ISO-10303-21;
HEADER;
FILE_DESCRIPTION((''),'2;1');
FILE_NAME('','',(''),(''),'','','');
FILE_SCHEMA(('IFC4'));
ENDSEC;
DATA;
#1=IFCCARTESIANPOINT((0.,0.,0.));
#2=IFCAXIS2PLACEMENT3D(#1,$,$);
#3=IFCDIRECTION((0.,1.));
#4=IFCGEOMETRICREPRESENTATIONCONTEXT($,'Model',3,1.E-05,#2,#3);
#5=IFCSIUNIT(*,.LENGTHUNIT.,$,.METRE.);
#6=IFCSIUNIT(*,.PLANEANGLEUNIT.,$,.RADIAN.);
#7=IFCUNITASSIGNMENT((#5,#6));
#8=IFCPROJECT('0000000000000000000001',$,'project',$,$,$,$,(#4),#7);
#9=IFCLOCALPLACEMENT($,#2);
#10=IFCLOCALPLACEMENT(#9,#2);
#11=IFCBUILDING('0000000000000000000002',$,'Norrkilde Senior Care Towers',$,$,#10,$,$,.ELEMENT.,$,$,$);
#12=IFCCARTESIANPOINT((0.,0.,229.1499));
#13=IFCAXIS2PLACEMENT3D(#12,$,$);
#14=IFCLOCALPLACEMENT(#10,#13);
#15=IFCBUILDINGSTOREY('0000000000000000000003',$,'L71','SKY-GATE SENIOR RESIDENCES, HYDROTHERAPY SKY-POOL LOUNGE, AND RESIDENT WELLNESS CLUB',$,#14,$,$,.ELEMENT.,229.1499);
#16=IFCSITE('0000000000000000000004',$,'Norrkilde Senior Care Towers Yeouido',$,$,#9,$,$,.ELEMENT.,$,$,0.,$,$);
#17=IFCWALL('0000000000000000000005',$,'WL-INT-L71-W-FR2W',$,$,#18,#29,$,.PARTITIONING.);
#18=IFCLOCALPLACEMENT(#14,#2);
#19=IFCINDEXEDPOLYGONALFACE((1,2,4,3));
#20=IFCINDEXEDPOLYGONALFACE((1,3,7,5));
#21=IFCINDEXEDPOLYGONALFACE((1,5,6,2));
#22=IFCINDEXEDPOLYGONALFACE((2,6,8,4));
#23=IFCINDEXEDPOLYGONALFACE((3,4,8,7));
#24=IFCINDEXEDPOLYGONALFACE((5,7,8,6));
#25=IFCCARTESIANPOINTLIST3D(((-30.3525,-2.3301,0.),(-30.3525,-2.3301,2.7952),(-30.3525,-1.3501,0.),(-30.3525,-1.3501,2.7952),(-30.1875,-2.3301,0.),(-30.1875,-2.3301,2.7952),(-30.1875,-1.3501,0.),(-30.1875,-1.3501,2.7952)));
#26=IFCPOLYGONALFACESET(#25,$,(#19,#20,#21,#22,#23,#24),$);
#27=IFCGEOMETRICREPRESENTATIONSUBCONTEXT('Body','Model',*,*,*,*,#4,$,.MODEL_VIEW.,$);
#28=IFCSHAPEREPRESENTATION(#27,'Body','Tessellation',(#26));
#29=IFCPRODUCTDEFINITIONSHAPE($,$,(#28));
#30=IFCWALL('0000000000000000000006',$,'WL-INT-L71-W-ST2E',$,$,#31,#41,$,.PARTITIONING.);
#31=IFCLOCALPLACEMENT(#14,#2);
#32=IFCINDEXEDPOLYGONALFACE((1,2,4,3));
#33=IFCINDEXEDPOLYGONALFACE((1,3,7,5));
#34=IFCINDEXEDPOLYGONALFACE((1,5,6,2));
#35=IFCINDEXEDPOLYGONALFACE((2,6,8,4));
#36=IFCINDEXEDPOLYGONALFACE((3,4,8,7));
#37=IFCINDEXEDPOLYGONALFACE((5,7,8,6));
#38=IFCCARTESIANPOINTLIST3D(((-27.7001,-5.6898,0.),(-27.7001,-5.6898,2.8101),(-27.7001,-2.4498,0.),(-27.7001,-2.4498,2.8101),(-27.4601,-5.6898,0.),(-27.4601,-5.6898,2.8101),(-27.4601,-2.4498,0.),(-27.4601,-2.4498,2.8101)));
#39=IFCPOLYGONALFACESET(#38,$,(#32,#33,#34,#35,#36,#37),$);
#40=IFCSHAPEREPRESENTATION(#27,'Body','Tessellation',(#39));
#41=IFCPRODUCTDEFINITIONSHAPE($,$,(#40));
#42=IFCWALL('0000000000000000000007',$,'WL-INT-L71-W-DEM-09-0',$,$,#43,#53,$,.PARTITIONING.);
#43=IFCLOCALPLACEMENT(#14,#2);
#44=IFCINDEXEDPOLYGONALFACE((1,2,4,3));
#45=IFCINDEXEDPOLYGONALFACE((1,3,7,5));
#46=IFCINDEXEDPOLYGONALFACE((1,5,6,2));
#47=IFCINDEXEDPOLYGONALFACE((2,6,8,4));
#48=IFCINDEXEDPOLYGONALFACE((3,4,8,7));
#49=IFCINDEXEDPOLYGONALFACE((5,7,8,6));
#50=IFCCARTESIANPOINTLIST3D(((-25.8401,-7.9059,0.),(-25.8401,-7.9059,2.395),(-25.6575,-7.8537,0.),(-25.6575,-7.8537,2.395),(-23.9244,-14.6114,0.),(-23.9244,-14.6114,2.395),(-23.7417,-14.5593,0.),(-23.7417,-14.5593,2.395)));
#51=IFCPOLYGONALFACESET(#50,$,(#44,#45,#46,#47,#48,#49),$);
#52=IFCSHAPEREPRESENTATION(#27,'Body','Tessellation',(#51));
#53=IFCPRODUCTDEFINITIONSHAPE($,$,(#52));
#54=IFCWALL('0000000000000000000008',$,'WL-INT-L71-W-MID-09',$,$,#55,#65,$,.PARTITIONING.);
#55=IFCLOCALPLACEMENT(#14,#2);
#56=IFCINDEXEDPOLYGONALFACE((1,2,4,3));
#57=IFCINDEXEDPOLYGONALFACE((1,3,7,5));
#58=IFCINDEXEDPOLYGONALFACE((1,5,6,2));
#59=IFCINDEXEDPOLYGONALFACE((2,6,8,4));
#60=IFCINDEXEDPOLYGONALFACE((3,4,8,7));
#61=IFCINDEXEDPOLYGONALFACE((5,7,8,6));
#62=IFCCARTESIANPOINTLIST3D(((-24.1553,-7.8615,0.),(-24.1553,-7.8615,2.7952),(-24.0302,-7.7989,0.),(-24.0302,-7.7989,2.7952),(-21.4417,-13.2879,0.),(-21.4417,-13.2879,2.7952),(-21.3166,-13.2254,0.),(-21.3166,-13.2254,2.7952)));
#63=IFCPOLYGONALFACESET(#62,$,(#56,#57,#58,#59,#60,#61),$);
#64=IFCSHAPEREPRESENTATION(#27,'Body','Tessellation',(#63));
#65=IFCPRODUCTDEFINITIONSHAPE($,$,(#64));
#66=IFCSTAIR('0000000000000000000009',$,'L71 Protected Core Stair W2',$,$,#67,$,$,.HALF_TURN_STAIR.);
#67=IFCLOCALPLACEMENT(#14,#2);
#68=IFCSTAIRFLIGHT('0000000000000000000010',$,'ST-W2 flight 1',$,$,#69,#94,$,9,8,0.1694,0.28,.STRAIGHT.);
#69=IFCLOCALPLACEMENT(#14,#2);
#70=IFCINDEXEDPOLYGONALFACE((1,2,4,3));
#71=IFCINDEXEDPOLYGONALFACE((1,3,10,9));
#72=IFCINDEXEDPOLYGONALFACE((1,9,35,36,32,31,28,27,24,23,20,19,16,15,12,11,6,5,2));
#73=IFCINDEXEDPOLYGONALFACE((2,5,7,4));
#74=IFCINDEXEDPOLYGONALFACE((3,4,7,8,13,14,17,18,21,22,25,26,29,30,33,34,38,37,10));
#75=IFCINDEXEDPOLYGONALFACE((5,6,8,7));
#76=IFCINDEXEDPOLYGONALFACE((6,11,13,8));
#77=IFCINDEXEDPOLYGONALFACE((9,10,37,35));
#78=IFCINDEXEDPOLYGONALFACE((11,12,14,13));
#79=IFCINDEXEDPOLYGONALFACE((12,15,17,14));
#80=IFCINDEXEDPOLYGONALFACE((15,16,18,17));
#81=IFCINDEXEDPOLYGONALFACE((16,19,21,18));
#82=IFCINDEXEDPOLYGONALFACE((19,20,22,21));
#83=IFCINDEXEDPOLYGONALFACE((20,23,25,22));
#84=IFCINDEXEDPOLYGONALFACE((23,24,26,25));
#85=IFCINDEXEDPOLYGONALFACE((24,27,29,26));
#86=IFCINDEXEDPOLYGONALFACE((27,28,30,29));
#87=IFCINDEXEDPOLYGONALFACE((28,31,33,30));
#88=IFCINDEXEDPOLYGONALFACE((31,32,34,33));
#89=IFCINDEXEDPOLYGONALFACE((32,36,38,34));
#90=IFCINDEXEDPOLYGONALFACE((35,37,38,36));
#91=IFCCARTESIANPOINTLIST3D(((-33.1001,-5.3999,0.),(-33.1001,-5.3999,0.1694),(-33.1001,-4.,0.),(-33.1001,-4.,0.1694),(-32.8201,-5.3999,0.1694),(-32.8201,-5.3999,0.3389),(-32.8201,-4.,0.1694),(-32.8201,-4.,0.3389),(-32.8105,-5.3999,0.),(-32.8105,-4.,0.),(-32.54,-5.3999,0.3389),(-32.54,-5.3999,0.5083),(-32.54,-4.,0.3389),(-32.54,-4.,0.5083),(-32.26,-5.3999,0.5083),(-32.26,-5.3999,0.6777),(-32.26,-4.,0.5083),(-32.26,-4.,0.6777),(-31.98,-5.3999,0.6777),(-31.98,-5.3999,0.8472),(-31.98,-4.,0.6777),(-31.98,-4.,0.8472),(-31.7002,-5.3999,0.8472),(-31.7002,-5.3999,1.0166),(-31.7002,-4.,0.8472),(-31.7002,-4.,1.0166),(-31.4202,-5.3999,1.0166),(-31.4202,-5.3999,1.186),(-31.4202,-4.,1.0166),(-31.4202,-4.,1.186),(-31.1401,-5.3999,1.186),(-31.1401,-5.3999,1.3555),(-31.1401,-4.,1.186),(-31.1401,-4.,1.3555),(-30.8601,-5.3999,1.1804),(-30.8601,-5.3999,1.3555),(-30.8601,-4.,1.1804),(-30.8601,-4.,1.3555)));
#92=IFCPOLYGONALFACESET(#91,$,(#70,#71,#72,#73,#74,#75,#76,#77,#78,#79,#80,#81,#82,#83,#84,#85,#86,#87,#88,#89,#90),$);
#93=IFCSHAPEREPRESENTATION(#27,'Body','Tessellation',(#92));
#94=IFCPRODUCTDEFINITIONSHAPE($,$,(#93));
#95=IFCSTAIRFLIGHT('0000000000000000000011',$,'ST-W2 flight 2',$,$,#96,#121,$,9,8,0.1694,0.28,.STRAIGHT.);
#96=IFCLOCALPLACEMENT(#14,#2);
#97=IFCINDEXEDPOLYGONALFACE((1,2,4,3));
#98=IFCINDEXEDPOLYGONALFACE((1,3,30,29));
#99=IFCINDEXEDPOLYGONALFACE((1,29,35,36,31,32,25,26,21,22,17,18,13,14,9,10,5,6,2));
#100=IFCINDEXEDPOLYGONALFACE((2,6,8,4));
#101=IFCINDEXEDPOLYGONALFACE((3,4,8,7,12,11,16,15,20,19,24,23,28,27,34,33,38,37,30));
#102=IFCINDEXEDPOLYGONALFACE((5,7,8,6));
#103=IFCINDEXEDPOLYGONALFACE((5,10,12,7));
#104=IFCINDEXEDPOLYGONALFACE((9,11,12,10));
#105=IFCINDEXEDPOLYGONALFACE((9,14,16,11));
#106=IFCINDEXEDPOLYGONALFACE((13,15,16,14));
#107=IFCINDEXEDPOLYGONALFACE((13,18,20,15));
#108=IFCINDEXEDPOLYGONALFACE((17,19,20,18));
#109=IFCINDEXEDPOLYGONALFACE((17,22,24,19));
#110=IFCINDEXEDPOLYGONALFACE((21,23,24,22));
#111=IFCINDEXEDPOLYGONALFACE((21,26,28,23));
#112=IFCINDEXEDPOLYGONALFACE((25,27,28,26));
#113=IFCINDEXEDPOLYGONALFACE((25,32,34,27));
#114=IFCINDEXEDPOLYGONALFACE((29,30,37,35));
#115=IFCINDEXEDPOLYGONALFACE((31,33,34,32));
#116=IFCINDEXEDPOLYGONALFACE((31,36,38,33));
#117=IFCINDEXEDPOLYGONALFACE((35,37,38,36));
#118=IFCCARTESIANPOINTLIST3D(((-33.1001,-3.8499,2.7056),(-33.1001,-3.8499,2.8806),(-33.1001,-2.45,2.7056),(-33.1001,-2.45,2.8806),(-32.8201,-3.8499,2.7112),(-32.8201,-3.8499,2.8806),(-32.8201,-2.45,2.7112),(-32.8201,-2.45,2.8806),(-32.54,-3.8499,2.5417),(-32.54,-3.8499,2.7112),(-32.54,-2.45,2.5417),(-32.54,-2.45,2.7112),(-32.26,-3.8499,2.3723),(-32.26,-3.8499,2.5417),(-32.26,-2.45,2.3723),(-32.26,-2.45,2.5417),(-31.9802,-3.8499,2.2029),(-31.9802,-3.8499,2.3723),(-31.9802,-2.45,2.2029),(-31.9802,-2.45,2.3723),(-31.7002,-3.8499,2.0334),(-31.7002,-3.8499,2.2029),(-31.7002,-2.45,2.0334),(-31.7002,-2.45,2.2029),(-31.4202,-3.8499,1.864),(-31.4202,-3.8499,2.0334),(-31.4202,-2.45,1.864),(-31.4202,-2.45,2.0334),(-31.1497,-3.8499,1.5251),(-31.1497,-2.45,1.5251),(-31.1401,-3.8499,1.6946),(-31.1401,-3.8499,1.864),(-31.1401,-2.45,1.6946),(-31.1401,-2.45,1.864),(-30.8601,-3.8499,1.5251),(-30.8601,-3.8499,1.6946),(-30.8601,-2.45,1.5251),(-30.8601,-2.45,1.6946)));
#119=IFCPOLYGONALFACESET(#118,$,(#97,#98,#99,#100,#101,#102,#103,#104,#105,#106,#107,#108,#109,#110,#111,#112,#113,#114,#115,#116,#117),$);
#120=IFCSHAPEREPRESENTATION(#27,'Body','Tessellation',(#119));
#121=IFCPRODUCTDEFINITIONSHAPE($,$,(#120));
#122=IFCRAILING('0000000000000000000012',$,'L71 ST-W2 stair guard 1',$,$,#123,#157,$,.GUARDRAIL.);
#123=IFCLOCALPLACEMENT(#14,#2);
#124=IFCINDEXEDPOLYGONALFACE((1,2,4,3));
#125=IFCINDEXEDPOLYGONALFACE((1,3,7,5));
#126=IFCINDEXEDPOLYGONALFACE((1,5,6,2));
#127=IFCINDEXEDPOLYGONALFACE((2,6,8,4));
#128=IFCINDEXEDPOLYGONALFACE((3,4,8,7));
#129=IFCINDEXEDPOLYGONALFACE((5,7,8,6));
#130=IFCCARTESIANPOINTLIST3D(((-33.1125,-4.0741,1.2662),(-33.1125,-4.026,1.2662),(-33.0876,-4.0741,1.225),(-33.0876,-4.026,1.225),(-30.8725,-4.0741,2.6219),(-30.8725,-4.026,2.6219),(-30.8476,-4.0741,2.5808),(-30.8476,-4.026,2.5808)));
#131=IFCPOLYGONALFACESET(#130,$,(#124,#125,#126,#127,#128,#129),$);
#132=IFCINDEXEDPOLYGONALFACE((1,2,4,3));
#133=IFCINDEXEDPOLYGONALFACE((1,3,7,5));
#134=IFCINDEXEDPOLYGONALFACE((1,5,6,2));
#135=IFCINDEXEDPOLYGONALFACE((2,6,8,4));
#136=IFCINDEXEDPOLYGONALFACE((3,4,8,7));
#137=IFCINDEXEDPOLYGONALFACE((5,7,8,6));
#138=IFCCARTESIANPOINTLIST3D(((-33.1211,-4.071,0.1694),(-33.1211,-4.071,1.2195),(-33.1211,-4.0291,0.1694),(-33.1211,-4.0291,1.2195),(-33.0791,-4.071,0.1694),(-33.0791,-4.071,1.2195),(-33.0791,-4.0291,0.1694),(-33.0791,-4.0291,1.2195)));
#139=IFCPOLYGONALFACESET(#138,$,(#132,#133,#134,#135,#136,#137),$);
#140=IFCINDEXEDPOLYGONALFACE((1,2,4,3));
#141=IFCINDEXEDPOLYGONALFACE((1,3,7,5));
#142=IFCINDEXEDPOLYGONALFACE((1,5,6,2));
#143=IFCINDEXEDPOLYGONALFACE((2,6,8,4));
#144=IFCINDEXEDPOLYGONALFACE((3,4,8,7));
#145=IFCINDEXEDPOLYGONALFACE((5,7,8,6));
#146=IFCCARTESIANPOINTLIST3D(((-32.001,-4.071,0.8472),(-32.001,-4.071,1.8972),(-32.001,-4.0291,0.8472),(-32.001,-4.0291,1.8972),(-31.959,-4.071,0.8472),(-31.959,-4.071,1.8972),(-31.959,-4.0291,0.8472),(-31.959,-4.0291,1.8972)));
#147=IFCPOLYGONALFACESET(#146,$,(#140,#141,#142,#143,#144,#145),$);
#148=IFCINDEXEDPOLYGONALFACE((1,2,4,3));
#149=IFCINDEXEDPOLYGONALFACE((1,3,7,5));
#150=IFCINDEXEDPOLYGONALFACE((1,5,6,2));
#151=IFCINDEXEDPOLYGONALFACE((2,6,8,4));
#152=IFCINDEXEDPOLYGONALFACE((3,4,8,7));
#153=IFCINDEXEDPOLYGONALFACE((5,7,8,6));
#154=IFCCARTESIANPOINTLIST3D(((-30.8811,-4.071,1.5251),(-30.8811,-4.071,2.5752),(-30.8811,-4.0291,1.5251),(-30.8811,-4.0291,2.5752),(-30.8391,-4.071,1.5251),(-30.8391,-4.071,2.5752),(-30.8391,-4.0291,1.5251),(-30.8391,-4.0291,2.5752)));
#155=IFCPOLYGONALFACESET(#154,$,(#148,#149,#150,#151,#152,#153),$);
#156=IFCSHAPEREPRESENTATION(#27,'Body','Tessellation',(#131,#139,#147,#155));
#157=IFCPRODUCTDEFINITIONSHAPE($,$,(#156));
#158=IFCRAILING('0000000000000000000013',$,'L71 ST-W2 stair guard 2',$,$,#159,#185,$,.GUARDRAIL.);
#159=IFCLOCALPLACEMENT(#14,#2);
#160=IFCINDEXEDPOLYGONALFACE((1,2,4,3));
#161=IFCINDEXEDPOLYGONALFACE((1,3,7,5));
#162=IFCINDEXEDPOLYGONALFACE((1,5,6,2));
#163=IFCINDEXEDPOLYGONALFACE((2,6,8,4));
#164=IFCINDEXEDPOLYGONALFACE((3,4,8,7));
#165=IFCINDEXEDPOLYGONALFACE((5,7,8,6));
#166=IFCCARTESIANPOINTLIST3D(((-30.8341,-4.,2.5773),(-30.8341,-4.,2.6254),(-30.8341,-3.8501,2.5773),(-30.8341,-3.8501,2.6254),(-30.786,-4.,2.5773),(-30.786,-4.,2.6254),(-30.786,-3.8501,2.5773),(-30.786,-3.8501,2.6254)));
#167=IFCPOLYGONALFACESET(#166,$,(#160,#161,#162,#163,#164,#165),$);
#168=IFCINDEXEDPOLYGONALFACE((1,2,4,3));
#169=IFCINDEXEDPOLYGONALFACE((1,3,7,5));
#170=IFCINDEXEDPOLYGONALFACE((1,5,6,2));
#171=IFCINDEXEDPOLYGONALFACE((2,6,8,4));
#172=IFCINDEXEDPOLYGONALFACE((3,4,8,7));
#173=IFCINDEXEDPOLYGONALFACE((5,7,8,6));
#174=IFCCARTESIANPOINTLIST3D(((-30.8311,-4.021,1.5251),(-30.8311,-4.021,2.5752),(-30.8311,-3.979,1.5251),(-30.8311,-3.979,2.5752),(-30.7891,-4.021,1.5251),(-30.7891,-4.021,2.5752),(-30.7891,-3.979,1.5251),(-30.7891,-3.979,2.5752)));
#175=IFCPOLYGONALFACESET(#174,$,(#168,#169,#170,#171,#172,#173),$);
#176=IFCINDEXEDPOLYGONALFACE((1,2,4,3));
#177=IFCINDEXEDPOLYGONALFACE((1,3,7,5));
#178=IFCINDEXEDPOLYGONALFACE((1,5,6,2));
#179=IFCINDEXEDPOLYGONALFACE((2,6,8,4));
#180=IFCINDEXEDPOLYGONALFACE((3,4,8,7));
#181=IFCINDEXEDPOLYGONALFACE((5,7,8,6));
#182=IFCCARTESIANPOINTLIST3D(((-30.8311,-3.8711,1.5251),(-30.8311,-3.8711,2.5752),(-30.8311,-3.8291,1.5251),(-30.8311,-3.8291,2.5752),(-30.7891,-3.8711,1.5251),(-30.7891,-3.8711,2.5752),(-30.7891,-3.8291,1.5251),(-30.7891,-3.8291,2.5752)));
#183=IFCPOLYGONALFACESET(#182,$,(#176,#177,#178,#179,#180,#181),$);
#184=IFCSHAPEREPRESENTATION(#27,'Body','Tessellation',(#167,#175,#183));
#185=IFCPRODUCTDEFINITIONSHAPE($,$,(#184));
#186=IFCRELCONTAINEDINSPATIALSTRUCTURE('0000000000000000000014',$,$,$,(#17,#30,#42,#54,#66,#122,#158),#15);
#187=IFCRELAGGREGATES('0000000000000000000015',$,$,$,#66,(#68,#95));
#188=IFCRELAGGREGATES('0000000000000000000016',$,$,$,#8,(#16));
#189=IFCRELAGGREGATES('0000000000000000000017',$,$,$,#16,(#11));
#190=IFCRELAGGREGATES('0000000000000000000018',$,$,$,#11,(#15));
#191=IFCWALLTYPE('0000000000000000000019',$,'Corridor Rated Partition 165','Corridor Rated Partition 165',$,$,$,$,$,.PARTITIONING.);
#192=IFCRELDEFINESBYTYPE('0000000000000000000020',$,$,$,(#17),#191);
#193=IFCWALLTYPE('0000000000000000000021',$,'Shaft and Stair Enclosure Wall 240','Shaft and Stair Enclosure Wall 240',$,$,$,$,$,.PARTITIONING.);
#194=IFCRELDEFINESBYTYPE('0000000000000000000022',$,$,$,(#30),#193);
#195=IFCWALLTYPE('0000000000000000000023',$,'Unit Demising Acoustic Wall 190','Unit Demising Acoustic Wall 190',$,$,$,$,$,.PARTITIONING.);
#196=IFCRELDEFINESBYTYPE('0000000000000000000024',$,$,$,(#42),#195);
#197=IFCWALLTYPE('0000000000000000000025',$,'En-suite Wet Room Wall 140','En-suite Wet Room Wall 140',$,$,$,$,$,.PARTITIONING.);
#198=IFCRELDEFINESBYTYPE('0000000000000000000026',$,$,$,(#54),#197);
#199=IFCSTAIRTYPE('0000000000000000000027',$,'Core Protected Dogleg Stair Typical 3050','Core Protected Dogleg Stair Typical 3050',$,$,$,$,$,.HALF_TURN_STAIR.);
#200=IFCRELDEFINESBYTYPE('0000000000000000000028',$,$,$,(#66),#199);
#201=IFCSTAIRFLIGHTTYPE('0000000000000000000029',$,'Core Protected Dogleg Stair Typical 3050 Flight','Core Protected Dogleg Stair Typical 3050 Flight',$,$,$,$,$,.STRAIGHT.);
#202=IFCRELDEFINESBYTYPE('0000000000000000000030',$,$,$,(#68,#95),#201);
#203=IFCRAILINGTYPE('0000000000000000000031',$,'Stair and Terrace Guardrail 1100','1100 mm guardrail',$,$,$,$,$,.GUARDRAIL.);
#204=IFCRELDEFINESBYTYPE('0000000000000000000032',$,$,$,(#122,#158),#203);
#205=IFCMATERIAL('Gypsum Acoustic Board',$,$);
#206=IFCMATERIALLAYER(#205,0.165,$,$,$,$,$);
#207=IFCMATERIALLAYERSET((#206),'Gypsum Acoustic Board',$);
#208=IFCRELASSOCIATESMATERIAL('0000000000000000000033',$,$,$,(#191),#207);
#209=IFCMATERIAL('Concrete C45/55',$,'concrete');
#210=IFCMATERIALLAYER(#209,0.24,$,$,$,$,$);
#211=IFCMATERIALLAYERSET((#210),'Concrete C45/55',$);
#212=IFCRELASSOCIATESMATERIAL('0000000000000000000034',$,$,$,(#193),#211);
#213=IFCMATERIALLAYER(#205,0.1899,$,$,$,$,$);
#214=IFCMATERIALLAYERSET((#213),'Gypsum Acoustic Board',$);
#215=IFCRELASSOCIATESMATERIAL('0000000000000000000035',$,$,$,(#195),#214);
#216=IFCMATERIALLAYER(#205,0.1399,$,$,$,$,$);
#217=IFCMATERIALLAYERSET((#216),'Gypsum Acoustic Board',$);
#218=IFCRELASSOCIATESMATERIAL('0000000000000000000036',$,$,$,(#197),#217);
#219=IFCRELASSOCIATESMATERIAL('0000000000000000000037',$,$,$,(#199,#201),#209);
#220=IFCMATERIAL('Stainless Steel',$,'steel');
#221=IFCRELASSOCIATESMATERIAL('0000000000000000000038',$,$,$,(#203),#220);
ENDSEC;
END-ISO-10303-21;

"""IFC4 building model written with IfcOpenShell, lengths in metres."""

from ifc_helpers import new_model, si_unit, direction, frame, frame_2d, origin, origin_2d, place, context, subcontext, project, spatial, polyline, rectangle, outline, extrude, source, transform, mapped, material, layer, layer_set, type_object, type_shapes, element, aggregate, save


model = new_model("IFC4")

# Units and contexts
model_context = context("Model", 3, precision=1e-05, world=origin(), true_north=direction((0.0, 1.0)))
body_context = subcontext(model_context, "Body", "Model", "MODEL_VIEW")
ifc_project = project(units=[si_unit("LENGTHUNIT", "METRE"), si_unit("PLANEANGLEUNIT", "RADIAN")], contexts=[model_context])

# Site, building, storey
site_placement = place(None, origin())
site = spatial("IfcSite", under=ifc_project, at=site_placement, Name="Norrkilde Senior Care Towers Yeouido", CompositionType="ELEMENT", RefElevation=0.0)
building_placement = place(site_placement, origin())
building = spatial("IfcBuilding", under=site, at=building_placement, Name="Norrkilde Senior Care Towers", CompositionType="ELEMENT")
storey_placement = place(building_placement, frame((0.0, 0.0, 229.1499)))
storey = spatial("IfcBuildingStorey", under=building, at=storey_placement, Name="L71", Description="SKY-GATE SENIOR RESIDENCES, HYDROTHERAPY SKY-POOL LOUNGE, AND RESIDENT WELLNESS CLUB", CompositionType="ELEMENT", Elevation=229.1499)

# Shared definitions
ifc_material_1 = material(Name="Concrete C45/55", Category="concrete")

# Shared definitions
ifc_material_2 = material(Name="Gypsum Acoustic Board")

# Shared definitions
ifc_material_3 = material(Name="Stainless Steel", Category="steel")

# Shared definitions
ifc_layer_1 = layer(ifc_material_2, 0.165)
ifc_layer_set_1 = layer_set([ifc_layer_1], Name="Gypsum Acoustic Board")
wall_type_1 = type_object("IfcWallType", Name="Corridor Rated Partition 165", Description="Corridor Rated Partition 165", PredefinedType="PARTITIONING", material=ifc_layer_set_1)

# Walls
shared_shape_1 = source(origin(), body_context, "Body", "SweptSolid", [
    extrude(rectangle(XDim=0.98, YDim=0.165, at=frame_2d((0.49, 0.0))), origin(), (0.0, 0.0, 1.0), 2.7952),
])
wall_1_placement = place(storey_placement, frame((-30.27, -2.3301, 0.0), z_axis=(0.0, 0.0, 1.0), x_axis=(0.0, 1.0, 0.0)))
element("IfcWall", 1, at=wall_1_placement, inside=storey, type_object=wall_type_1, Name="WL-INT-L71-W-FR2W", PredefinedType="PARTITIONING", context=body_context, shape_type="MappedRepresentation", body=[
    mapped(shared_shape_1, transform((0.0, 0.0, 0.0), x_axis=(1.0, 0.0, 0.0), y_axis=(0.0, 1.0, 0.0), z_axis=(0.0, 0.0, 1.0), scale=1.0)),
])
ifc_layer_2 = layer(ifc_material_1, 0.24)
ifc_layer_set_2 = layer_set([ifc_layer_2], Name="Concrete C45/55")
wall_type_2 = type_object("IfcWallType", Name="Shaft and Stair Enclosure Wall 240", Description="Shaft and Stair Enclosure Wall 240", PredefinedType="PARTITIONING", material=ifc_layer_set_2)
shared_shape_2 = source(origin(), body_context, "Body", "SweptSolid", [
    extrude(rectangle(XDim=3.24, YDim=0.24, at=frame_2d((1.6201, 0.0))), origin(), (0.0, 0.0, 1.0), 2.8101),
])
type_shapes(wall_type_2, [shared_shape_2])
wall_2_placement = place(storey_placement, frame((-27.5801, -5.6899, 0.0), z_axis=(0.0, 0.0, 1.0), x_axis=(0.0, 1.0, 0.0)))
element("IfcWall", 2, at=wall_2_placement, inside=storey, type_object=wall_type_2, Name="WL-INT-L71-W-ST2E", PredefinedType="PARTITIONING", context=body_context, shape_type="MappedRepresentation", body=[
    mapped(shared_shape_2, transform((0.0, 0.0, 0.0), x_axis=(1.0, 0.0, 0.0), y_axis=(0.0, 1.0, 0.0), z_axis=(0.0, 0.0, 1.0), scale=1.0)),
])
ifc_layer_3 = layer(ifc_material_2, 0.1899)
ifc_layer_set_3 = layer_set([ifc_layer_3], Name="Gypsum Acoustic Board")
wall_type_3 = type_object("IfcWallType", Name="Unit Demising Acoustic Wall 190", Description="Unit Demising Acoustic Wall 190", PredefinedType="PARTITIONING", material=ifc_layer_set_3)
shared_shape_3 = source(origin(), body_context, "Body", "SweptSolid", [
    extrude(rectangle(XDim=6.9739, YDim=0.1899, at=frame_2d((3.4868, 0.0))), origin(), (0.0, 0.0, 1.0), 2.395),
])
type_shapes(wall_type_3, [shared_shape_3])
wall_3_placement = place(storey_placement, frame((-25.7488, -7.8799, 0.0), z_axis=(0.0, 0.0, 1.0), x_axis=(0.274707, -0.961528, 0.0)))
element("IfcWall", 3, at=wall_3_placement, inside=storey, type_object=wall_type_3, Name="WL-INT-L71-W-DEM-09-0", PredefinedType="PARTITIONING", context=body_context, shape_type="MappedRepresentation", body=[
    mapped(shared_shape_3, transform((0.0, 0.0, 0.0), x_axis=(1.0, 0.0, 0.0), y_axis=(0.0, 1.0, 0.0), z_axis=(0.0, 0.0, 1.0), scale=1.0)),
])
ifc_layer_4 = layer(ifc_material_2, 0.1399)
ifc_layer_set_4 = layer_set([ifc_layer_4], Name="Gypsum Acoustic Board")
wall_type_4 = type_object("IfcWallType", Name="En-suite Wet Room Wall 140", Description="En-suite Wet Room Wall 140", PredefinedType="PARTITIONING", material=ifc_layer_set_4)
shared_shape_4 = source(origin(), body_context, "Body", "SweptSolid", [
    extrude(rectangle(XDim=6.0671, YDim=0.1399, at=frame_2d((3.0337, 0.0))), origin(), (0.0, 0.0, 1.0), 2.7952),
])
type_shapes(wall_type_4, [shared_shape_4])
wall_4_placement = place(storey_placement, frame((-24.0928, -7.8301, 0.0), z_axis=(0.0, 0.0, 1.0), x_axis=(0.447262, -0.894403, 0.0)))
element("IfcWall", 4, at=wall_4_placement, inside=storey, type_object=wall_type_4, Name="WL-INT-L71-W-MID-09", PredefinedType="PARTITIONING", context=body_context, shape_type="MappedRepresentation", body=[
    mapped(shared_shape_4, transform((0.0, 0.0, 0.0), x_axis=(1.0, 0.0, 0.0), y_axis=(0.0, 1.0, 0.0), z_axis=(0.0, 0.0, 1.0), scale=1.0)),
])

# Stair, stair flights
stair_type = type_object("IfcStairType", Name="Core Protected Dogleg Stair Typical 3050", Description="Core Protected Dogleg Stair Typical 3050", PredefinedType="HALF_TURN_STAIR", material=ifc_material_1)
stair_placement = place(storey_placement, origin())
stair = element("IfcStair", 5, at=stair_placement, inside=storey, type_object=stair_type, Name="L71 Protected Core Stair W2", PredefinedType="HALF_TURN_STAIR")
stair_flight_type = type_object("IfcStairFlightType", Name="Core Protected Dogleg Stair Typical 3050 Flight", Description="Core Protected Dogleg Stair Typical 3050 Flight", PredefinedType="STRAIGHT", material=ifc_material_1)
stair_flight_1_placement = place(storey_placement, frame((-33.1001, -4.7, 0.0), z_axis=(0.0, 0.0, 1.0), x_axis=(1.0, 0.0, 0.0)))
stair_flight_1 = element("IfcStairFlight", 6, at=stair_flight_1_placement, type_object=stair_flight_type, Name="ST-W2 flight 1", NumberOfRisers=9, NumberOfTreads=8, PredefinedType="STRAIGHT", RiserHeight=0.1694, TreadLength=0.28, context=body_context, shape_type="SweptSolid", body=[
    extrude(outline(polyline([(0.0, 0.0), (0.0, 0.1694), (0.28, 0.1694), (0.28, 0.3389), (0.5601, 0.3389), (0.5601, 0.5083), (0.8401, 0.5083), (0.8401, 0.6777), (1.1201, 0.6777), (1.1201, 0.8472), (1.3999, 0.8472), (1.3999, 1.0166), (1.6799, 1.0166), (1.6799, 1.186), (1.96, 1.186), (1.96, 1.3555), (2.24, 1.3555), (2.24, 1.5249), (2.24, 1.1804), (0.2896, 0.0), (0.0, 0.0)])), frame((0.0, 0.7, 0.0), z_axis=(0.0, -1.0, 0.0), x_axis=(1.0, 0.0, 0.0)), (0.0, 0.0, 1.0), 1.3999),
])
stair_flight_2_placement = place(storey_placement, frame((-30.8601, -3.1499, 1.5251), z_axis=(0.0, 0.0, 1.0), x_axis=(-1.0, 0.0, 0.0)))
stair_flight_2 = element("IfcStairFlight", 7, at=stair_flight_2_placement, type_object=stair_flight_type, Name="ST-W2 flight 2", NumberOfRisers=9, NumberOfTreads=8, PredefinedType="STRAIGHT", RiserHeight=0.1694, TreadLength=0.28, context=body_context, shape_type="SweptSolid", body=[
    extrude(outline(polyline([(0.0, 0.0), (0.0, 0.1694), (0.28, 0.1694), (0.28, 0.3389), (0.5601, 0.3389), (0.5601, 0.5083), (0.8401, 0.5083), (0.8401, 0.6777), (1.1201, 0.6777), (1.1201, 0.8472), (1.3999, 0.8472), (1.3999, 1.0166), (1.6799, 1.0166), (1.6799, 1.186), (1.96, 1.186), (1.96, 1.3555), (2.24, 1.3555), (2.24, 1.5249), (2.24, 1.1804), (0.2896, 0.0), (0.0, 0.0)])), frame((0.0, 0.7, 0.0), z_axis=(0.0, -1.0, 0.0), x_axis=(1.0, 0.0, 0.0)), (0.0, 0.0, 1.0), 1.3999),
])
aggregate(stair, [stair_flight_1, stair_flight_2])

# Railings
railing_type_1 = type_object("IfcRailingType", Name="Stair and Terrace Guardrail 1100", Description="1100 mm guardrail", PredefinedType="GUARDRAIL", material=ifc_material_3)
railing_1_placement = place(storey_placement, frame((-33.1001, -4.05, 0.1694)))
element("IfcRailing", 8, at=railing_1_placement, inside=storey, type_object=railing_type_1, Name="L71 ST-W2 stair guard 1", PredefinedType="GUARDRAIL", context=body_context, shape_type="SweptSolid", body=[
    extrude(rectangle(XDim=0.0481, YDim=0.0481, at=origin_2d()), frame((0.0, 0.0, 1.0762), z_axis=(0.855512, 0.0, 0.517783), x_axis=(0.0, 1.0, 0.0)), (0.0, 0.0, 1.0), 2.6184),
    extrude(rectangle(XDim=0.042, YDim=0.042, at=origin_2d()), origin(), (0.0, 0.0, 1.0), 1.05),
    extrude(rectangle(XDim=0.042, YDim=0.042, at=origin_2d()), frame((1.1201, 0.0, 0.6777)), (0.0, 0.0, 1.0), 1.05),
    extrude(rectangle(XDim=0.042, YDim=0.042, at=origin_2d()), frame((2.24, 0.0, 1.3557)), (0.0, 0.0, 1.0), 1.05),
])
railing_2_placement = place(storey_placement, frame((-30.8101, -4.0, 1.5251)))
element("IfcRailing", 9, at=railing_2_placement, inside=storey, type_object=railing_type_1, Name="L71 ST-W2 stair guard 2", PredefinedType="GUARDRAIL", context=body_context, shape_type="SweptSolid", body=[
    extrude(rectangle(XDim=0.0481, YDim=0.0481, at=origin_2d()), frame((0.0, 0.0, 1.0762), z_axis=(0.0, 1.0, 0.0), x_axis=(-1.0, 0.0, 0.0)), (0.0, 0.0, 1.0), 0.1499),
    extrude(rectangle(XDim=0.042, YDim=0.042, at=origin_2d()), origin(), (0.0, 0.0, 1.0), 1.05),
    extrude(rectangle(XDim=0.042, YDim=0.042, at=origin_2d()), frame((0.0, 0.1499, 0.0)), (0.0, 0.0, 1.0), 1.05),
])

save(model, "model.ifc")
